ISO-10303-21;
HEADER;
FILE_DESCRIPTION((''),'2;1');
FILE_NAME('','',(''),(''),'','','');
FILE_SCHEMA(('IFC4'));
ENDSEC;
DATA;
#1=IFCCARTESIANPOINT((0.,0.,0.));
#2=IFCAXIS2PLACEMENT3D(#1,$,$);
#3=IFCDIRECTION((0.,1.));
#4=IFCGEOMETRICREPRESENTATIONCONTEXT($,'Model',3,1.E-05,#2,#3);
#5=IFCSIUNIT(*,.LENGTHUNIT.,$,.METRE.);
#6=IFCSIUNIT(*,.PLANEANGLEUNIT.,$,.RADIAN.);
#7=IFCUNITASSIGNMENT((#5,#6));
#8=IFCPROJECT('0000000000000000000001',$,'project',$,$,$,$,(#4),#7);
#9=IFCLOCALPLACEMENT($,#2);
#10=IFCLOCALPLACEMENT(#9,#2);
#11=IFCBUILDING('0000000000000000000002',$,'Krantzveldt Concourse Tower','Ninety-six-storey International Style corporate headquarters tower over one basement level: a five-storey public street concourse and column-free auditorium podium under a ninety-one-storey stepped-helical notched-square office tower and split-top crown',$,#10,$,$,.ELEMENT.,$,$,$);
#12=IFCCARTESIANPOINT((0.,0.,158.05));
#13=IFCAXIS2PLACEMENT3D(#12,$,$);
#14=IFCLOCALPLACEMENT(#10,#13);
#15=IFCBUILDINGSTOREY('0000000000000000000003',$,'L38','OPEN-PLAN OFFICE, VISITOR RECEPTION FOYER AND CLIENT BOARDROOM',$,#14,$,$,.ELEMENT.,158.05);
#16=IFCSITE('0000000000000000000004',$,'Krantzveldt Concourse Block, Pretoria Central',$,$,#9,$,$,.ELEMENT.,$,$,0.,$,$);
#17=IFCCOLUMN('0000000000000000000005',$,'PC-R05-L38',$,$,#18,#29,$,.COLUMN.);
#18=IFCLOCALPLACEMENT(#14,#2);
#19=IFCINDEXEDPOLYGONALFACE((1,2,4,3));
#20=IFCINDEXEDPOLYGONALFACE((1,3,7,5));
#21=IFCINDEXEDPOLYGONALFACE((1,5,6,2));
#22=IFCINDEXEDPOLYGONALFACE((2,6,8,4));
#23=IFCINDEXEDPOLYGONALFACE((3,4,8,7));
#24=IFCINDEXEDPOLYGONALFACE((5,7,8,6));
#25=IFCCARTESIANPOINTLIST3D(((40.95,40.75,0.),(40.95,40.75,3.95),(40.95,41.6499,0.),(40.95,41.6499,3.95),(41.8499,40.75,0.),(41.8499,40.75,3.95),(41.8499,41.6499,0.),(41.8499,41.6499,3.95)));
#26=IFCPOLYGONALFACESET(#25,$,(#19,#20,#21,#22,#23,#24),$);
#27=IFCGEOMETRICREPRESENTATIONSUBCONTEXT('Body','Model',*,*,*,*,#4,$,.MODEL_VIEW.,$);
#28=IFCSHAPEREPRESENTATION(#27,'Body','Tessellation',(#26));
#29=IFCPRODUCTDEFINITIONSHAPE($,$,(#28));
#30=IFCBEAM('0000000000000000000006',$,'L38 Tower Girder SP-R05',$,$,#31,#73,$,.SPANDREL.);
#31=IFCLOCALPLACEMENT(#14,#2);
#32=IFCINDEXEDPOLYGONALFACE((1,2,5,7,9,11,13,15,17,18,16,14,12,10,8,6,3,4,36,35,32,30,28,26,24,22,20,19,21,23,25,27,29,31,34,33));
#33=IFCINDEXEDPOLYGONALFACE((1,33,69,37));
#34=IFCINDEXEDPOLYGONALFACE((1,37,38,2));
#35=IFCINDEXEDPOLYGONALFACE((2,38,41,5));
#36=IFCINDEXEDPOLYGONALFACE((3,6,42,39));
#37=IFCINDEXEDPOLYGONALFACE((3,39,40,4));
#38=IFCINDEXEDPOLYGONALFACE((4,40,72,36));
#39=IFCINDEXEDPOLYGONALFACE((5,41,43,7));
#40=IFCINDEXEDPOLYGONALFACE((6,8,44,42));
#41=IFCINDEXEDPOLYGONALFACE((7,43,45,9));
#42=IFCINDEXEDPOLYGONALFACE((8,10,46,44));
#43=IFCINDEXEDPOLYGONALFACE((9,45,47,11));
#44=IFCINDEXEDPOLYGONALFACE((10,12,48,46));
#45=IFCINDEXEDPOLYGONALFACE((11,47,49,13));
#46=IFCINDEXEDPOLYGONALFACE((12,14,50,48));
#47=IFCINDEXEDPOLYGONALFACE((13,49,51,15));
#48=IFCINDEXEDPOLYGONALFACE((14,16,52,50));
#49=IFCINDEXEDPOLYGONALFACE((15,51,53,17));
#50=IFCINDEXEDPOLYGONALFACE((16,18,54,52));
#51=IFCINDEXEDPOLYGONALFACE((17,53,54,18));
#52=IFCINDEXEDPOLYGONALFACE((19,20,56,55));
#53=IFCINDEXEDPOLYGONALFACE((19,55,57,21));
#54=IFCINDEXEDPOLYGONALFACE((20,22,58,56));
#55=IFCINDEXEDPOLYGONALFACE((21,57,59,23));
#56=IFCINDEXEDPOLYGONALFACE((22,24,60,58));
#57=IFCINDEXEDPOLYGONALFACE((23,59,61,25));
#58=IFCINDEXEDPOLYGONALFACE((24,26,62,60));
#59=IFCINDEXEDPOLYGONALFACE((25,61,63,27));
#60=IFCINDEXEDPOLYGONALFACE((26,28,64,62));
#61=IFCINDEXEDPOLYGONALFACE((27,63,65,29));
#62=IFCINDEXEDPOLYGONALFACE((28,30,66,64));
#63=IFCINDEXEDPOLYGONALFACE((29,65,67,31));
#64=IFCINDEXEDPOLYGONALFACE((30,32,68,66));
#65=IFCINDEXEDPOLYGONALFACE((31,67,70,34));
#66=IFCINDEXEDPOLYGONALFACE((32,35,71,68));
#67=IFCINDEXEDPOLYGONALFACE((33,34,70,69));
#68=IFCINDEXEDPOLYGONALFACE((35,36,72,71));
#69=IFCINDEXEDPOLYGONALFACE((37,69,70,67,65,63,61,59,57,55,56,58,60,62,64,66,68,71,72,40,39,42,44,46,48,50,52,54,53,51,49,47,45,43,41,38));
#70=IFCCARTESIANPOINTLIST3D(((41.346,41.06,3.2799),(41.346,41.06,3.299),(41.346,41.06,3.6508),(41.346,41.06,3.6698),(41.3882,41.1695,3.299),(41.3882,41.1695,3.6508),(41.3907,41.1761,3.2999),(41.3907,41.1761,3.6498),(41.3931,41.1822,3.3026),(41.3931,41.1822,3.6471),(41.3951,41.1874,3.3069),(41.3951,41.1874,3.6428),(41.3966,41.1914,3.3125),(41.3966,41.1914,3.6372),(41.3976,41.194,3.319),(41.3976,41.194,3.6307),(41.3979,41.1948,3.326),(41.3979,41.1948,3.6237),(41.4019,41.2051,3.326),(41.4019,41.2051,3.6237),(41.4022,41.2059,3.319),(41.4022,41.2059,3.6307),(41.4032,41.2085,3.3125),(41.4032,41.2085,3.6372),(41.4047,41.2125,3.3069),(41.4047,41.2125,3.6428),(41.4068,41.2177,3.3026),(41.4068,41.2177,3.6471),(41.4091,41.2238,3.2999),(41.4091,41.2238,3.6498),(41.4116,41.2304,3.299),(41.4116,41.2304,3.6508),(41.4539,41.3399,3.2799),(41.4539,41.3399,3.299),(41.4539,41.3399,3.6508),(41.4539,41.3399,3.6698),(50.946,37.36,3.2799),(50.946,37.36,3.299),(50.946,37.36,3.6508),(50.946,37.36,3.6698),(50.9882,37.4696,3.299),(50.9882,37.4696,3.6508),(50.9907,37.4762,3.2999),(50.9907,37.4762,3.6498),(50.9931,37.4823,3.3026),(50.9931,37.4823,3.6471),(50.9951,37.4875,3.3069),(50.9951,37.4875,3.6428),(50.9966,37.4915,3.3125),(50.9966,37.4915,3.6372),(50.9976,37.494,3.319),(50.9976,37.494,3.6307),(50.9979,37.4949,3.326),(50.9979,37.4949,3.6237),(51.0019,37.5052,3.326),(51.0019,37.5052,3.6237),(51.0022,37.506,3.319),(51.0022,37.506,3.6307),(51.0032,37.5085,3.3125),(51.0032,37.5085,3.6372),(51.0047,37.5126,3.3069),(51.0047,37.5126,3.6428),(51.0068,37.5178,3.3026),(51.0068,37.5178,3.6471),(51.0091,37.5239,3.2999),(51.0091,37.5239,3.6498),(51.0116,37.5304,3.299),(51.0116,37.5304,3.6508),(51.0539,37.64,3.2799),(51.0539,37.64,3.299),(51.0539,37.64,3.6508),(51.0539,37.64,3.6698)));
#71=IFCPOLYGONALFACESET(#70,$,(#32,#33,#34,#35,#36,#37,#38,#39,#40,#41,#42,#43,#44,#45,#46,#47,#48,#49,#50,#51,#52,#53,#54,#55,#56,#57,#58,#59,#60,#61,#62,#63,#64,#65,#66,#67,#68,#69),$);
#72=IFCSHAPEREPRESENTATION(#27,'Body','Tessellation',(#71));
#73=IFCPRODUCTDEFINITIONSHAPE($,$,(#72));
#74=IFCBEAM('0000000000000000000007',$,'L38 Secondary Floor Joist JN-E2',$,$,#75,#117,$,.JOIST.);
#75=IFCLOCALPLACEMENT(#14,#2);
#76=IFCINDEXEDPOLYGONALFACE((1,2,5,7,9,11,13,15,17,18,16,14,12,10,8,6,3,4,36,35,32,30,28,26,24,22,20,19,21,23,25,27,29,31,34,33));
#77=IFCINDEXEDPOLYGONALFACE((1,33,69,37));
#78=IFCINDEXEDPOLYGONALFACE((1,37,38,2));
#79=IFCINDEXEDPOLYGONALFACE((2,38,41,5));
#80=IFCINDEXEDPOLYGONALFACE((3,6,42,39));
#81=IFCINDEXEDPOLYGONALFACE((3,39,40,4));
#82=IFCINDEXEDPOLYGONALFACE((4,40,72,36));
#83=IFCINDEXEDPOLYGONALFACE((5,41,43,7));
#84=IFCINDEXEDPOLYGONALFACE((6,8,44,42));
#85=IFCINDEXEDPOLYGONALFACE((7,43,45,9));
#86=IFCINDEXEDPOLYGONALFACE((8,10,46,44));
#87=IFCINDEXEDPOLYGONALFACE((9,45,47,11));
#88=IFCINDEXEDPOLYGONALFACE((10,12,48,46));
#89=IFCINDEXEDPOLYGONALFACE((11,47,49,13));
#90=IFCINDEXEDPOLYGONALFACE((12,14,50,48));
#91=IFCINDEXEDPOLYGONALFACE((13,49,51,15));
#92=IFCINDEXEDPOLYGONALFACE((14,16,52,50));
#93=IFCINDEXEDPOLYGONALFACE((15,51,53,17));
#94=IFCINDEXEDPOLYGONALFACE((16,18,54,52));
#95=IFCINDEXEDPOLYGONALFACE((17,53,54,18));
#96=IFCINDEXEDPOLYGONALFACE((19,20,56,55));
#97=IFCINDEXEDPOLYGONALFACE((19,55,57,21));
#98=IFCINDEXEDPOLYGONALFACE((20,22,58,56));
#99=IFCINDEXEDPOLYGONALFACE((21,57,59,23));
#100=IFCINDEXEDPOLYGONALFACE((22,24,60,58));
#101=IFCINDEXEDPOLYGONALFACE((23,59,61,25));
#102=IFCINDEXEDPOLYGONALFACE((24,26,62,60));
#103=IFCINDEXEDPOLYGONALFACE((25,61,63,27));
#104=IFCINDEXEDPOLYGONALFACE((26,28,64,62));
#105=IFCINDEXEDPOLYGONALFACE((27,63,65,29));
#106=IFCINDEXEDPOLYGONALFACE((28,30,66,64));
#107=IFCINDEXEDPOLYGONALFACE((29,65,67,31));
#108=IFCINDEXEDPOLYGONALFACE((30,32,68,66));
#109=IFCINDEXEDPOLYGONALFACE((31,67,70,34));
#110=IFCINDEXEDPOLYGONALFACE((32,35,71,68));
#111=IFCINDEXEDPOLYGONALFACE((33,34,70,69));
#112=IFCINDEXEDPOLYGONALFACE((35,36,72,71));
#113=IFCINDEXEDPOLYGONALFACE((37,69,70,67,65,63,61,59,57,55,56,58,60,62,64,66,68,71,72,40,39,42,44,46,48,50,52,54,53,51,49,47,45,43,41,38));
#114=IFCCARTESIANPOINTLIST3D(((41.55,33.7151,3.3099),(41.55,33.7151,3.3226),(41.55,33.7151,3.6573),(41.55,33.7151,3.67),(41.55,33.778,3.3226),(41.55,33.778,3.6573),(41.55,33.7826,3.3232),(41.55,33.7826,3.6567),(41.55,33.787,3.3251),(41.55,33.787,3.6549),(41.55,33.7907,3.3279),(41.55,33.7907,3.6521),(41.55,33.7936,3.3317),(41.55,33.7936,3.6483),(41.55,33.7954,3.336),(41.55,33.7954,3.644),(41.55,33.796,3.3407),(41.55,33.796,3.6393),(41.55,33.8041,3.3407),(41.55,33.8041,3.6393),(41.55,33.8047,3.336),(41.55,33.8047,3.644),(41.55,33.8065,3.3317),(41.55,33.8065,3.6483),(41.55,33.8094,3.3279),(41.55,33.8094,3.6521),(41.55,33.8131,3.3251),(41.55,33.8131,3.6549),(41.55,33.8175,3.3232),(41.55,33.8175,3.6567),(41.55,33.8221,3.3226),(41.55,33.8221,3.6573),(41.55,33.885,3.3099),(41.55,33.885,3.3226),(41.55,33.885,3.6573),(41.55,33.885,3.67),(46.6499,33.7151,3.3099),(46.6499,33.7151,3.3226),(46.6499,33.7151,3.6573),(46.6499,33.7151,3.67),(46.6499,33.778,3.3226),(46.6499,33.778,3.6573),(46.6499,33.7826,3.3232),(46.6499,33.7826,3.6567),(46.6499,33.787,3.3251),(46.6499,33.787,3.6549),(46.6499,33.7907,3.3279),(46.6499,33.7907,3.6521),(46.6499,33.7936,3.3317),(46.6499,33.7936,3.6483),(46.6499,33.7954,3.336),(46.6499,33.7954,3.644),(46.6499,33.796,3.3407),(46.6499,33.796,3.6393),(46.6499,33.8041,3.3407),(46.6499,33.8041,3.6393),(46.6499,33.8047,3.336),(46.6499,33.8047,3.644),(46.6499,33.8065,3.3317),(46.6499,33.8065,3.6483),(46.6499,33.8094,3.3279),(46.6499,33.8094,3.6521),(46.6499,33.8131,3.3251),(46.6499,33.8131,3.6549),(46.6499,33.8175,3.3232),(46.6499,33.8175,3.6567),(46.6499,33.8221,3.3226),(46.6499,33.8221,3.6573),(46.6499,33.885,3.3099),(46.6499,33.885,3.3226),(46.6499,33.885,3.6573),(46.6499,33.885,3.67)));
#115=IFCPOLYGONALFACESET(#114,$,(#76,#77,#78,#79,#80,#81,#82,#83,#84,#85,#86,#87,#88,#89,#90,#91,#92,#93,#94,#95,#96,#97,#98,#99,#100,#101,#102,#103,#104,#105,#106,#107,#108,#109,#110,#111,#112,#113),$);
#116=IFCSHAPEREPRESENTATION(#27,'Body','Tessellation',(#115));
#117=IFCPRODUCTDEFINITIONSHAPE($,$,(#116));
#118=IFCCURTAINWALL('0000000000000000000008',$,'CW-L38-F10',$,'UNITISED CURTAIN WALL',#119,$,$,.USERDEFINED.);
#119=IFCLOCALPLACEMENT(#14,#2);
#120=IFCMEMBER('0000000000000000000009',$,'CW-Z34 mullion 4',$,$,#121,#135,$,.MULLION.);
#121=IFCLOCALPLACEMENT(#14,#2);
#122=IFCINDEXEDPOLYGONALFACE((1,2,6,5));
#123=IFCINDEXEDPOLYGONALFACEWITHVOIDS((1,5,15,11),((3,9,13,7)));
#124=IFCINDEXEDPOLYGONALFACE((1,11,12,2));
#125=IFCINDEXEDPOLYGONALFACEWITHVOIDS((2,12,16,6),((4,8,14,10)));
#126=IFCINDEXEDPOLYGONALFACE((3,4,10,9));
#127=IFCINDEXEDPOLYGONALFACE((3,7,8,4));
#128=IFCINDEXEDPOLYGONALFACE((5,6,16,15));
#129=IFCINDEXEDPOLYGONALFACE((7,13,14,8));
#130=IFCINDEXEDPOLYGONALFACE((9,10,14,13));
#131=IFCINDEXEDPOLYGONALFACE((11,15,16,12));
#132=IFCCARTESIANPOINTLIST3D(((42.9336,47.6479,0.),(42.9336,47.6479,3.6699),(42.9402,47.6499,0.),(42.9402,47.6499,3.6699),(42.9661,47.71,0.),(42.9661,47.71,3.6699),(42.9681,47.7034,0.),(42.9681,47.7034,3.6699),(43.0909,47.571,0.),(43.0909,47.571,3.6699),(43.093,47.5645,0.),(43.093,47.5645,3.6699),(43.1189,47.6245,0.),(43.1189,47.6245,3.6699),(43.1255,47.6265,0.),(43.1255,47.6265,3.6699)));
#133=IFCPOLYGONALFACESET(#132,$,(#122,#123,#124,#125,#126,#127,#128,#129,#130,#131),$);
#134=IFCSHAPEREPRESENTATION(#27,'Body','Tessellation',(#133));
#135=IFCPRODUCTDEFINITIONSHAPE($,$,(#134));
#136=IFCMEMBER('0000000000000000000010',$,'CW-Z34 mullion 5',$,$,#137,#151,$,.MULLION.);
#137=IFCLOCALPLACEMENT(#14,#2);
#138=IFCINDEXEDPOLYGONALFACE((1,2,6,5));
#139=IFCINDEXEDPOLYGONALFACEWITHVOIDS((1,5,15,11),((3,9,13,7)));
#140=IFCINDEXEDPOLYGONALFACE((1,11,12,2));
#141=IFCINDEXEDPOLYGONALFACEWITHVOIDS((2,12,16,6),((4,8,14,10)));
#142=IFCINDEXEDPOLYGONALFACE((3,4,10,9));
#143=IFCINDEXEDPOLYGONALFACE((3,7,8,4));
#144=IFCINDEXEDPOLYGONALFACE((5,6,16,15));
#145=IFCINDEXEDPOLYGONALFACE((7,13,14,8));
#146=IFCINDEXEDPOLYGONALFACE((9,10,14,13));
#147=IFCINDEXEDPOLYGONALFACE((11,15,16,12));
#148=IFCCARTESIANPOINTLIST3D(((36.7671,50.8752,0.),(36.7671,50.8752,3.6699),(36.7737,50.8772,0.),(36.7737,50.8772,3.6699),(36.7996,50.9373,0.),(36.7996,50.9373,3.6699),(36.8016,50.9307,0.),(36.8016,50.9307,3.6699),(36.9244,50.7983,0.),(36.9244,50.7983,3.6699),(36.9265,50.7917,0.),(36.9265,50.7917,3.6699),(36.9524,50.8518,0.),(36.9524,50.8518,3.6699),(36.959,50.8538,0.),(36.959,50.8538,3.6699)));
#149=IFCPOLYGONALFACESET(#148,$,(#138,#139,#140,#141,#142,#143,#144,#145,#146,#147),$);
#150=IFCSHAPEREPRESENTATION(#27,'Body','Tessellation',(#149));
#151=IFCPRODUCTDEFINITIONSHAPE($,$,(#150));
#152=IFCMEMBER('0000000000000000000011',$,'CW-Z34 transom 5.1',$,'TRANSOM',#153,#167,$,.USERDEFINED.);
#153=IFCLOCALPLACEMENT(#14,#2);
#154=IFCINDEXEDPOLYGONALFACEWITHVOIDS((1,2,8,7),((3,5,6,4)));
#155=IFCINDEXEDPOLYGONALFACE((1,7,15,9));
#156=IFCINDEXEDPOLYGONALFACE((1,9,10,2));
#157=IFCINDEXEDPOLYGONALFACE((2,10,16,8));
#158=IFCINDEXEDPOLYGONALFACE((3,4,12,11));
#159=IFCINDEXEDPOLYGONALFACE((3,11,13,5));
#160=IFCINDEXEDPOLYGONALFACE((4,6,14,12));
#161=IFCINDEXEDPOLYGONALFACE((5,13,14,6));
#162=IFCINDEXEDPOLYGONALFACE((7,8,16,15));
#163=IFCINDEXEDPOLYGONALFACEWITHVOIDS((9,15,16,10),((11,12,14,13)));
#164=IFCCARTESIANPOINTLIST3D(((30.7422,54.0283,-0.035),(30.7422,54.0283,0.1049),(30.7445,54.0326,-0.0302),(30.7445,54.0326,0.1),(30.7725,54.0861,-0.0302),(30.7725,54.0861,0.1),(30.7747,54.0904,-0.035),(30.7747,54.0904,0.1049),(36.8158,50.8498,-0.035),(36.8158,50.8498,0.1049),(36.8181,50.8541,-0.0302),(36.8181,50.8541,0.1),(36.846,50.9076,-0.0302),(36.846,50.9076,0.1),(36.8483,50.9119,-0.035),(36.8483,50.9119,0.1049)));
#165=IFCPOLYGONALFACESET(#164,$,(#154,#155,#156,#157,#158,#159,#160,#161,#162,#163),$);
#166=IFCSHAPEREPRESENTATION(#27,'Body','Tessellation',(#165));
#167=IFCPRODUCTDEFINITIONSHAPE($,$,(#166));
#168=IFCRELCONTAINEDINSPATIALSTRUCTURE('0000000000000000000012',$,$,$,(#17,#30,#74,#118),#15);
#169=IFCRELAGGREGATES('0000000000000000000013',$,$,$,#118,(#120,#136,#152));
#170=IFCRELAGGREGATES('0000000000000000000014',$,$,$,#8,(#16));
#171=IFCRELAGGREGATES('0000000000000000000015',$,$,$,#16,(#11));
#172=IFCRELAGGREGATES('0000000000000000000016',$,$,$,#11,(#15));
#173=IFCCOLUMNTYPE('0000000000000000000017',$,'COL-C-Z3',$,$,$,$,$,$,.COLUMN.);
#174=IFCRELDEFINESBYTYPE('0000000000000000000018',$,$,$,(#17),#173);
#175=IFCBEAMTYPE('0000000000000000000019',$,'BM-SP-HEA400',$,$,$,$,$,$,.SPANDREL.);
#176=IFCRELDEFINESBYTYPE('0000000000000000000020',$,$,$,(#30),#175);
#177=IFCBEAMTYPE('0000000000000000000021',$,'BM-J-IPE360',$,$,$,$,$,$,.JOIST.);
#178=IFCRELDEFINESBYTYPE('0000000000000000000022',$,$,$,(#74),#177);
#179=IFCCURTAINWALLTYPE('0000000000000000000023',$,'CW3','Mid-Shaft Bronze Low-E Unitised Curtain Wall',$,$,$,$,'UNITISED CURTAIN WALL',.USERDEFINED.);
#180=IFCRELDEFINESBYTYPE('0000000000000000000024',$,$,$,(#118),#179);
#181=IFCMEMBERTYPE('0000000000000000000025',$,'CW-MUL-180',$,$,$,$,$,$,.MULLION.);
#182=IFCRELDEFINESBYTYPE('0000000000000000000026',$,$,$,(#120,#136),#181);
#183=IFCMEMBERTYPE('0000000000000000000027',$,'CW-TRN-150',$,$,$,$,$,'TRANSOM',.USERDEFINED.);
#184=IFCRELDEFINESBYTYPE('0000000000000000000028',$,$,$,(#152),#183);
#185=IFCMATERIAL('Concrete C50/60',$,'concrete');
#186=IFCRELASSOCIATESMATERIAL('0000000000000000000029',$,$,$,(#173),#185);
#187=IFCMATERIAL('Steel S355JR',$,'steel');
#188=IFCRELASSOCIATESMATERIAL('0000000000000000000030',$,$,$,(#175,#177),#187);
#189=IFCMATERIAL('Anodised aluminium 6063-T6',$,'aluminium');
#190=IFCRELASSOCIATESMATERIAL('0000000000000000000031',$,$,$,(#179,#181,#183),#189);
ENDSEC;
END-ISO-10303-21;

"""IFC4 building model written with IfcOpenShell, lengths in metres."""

from ifc_helpers import new_model, si_unit, direction, frame, origin, origin_2d, place, context, subcontext, project, spatial, rectangle, hollow_rectangle, i_section, extrude, source, transform, mapped, material, material_profile, profile_set, type_object, type_shapes, element, aggregate, save


model = new_model("IFC4")

# Units and contexts
model_context = context("Model", 3, precision=1e-05, world=origin(), true_north=direction((0.0, 1.0)))
body_context = subcontext(model_context, "Body", "Model", "MODEL_VIEW")
ifc_project = project(units=[si_unit("LENGTHUNIT", "METRE"), si_unit("PLANEANGLEUNIT", "RADIAN")], contexts=[model_context])

# Site, building, storey
site_placement = place(None, origin())
site = spatial("IfcSite", under=ifc_project, at=site_placement, Name="Krantzveldt Concourse Block, Pretoria Central", CompositionType="ELEMENT", RefElevation=0.0)
building_placement = place(site_placement, origin())
building = spatial("IfcBuilding", under=site, at=building_placement, Name="Krantzveldt Concourse Tower", Description="Ninety-six-storey International Style corporate headquarters tower over one basement level: a five-storey public street concourse and column-free auditorium podium under a ninety-one-storey stepped-helical notched-square office tower and split-top crown", CompositionType="ELEMENT")
storey_placement = place(building_placement, frame((0.0, 0.0, 158.05)))
storey = spatial("IfcBuildingStorey", under=building, at=storey_placement, Name="L38", Description="OPEN-PLAN OFFICE, VISITOR RECEPTION FOYER AND CLIENT BOARDROOM", CompositionType="ELEMENT", Elevation=158.05)

# Column
ifc_material_1 = material(Name="Concrete C50/60", Category="concrete")
ifc_material_profile_1 = material_profile(ifc_material_1, rectangle(XDim=0.8999, YDim=0.8999, at=origin_2d()), Name="Concrete C50/60", Category="concrete")
ifc_profile_set_1 = profile_set([ifc_material_profile_1], Name="Concrete C50/60 - RC 900x900")
column_type = type_object("IfcColumnType", Name="COL-C-Z3", PredefinedType="COLUMN", material=ifc_profile_set_1)
shared_shape_1 = source(origin(), body_context, "Body", "SweptSolid", [
    extrude(rectangle(XDim=0.8999, YDim=0.8999, at=origin_2d()), origin(), (0.0, 0.0, 1.0), 3.95),
])
type_shapes(column_type, [shared_shape_1])
column_placement = place(storey_placement, frame((41.3999, 41.2, 0.0), z_axis=(0.0, 0.0, 1.0), x_axis=(1.0, 0.0, 0.0)))
element("IfcColumn", 1, at=column_placement, inside=storey, type_object=column_type, Name="PC-R05-L38", PredefinedType="COLUMN", context=body_context, shape_type="MappedRepresentation", body=[
    mapped(shared_shape_1, transform((0.0, 0.0, 0.0), x_axis=(1.0, 0.0, 0.0), y_axis=(0.0, 1.0, 0.0), z_axis=(0.0, 0.0, 1.0), scale=1.0)),
])

# Beams
ifc_material_2 = material(Name="Steel S355JR", Category="steel")
ifc_material_profile_2 = material_profile(ifc_material_2, i_section(OverallWidth=0.3, OverallDepth=0.3899, WebThickness=0.011, FlangeThickness=0.019, FilletRadius=0.0271, at=origin_2d()), Name="Steel S355JR", Category="steel")
ifc_profile_set_2 = profile_set([ifc_material_profile_2], Name="Steel S355JR - HEA 400")
beam_type_1 = type_object("IfcBeamType", Name="BM-SP-HEA400", PredefinedType="SPANDREL", material=ifc_profile_set_2)
shared_shape_2 = source(origin(), body_context, "Body", "SweptSolid", [
    extrude(i_section(OverallWidth=0.3, OverallDepth=0.3899, WebThickness=0.011, FlangeThickness=0.019, FilletRadius=0.0271, at=origin_2d()), origin(), (0.0, 0.0, 1.0), 10.2883),
])
type_shapes(beam_type_1, [shared_shape_2])
beam_1_placement = place(storey_placement, frame((41.3999, 41.2, 3.4749), z_axis=(0.933098, -0.359623, 0.0), x_axis=(0.359623, 0.933098, 0.0)))
element("IfcBeam", 2, at=beam_1_placement, inside=storey, type_object=beam_type_1, Name="L38 Tower Girder SP-R05", PredefinedType="SPANDREL", context=body_context, shape_type="MappedRepresentation", body=[
    mapped(shared_shape_2, transform((0.0, 0.0, 0.0), x_axis=(1.0, 0.0, 0.0), y_axis=(0.0, 1.0, 0.0), z_axis=(0.0, 0.0, 1.0), scale=1.0)),
])
ifc_material_profile_3 = material_profile(ifc_material_2, i_section(OverallWidth=0.1699, OverallDepth=0.3601, WebThickness=0.0081, FlangeThickness=0.0127, FilletRadius=0.0181, at=origin_2d()), Name="Steel S355JR", Category="steel")
ifc_profile_set_3 = profile_set([ifc_material_profile_3], Name="Steel S355JR - IPE 360")
beam_type_2 = type_object("IfcBeamType", Name="BM-J-IPE360", PredefinedType="JOIST", material=ifc_profile_set_3)
shared_shape_3 = source(origin(), body_context, "Body", "SweptSolid", [
    extrude(i_section(OverallWidth=0.1699, OverallDepth=0.3601, WebThickness=0.0081, FlangeThickness=0.0127, FilletRadius=0.0181, at=origin_2d()), origin(), (0.0, 0.0, 1.0), 5.0999),
])
type_shapes(beam_type_2, [shared_shape_3])
beam_2_placement = place(storey_placement, frame((41.55, 33.8, 3.49), z_axis=(1.0, 0.0, 0.0), x_axis=(0.0, 1.0, 0.0)))
element("IfcBeam", 3, at=beam_2_placement, inside=storey, type_object=beam_type_2, Name="L38 Secondary Floor Joist JN-E2", PredefinedType="JOIST", context=body_context, shape_type="MappedRepresentation", body=[
    mapped(shared_shape_3, transform((0.0, 0.0, 0.0), x_axis=(1.0, 0.0, 0.0), y_axis=(0.0, 1.0, 0.0), z_axis=(0.0, 0.0, 1.0), scale=1.0)),
])

# Curtain wall, members
ifc_material_3 = material(Name="Anodised aluminium 6063-T6", Category="aluminium")
curtain_wall_type = type_object("IfcCurtainWallType", Name="CW3", Description="Mid-Shaft Bronze Low-E Unitised Curtain Wall", ElementType="UNITISED CURTAIN WALL", PredefinedType="USERDEFINED", material=ifc_material_3)
curtain_wall_placement = place(storey_placement, origin())
curtain_wall = element("IfcCurtainWall", 4, at=curtain_wall_placement, inside=storey, type_object=curtain_wall_type, Name="CW-L38-F10", ObjectType="UNITISED CURTAIN WALL", PredefinedType="USERDEFINED")
ifc_material_profile_4 = material_profile(ifc_material_3, hollow_rectangle(XDim=0.0701, YDim=0.1799, WallThickness=0.0049, at=origin_2d()), Name="Anodised aluminium 6063-T6", Category="aluminium")
ifc_profile_set_4 = profile_set([ifc_material_profile_4], Name="Anodised aluminium 6063-T6 - ALU-MULL 180x70x5")
member_type_1 = type_object("IfcMemberType", Name="CW-MUL-180", PredefinedType="MULLION", material=ifc_profile_set_4)
shared_shape_4 = source(origin(), body_context, "Body", "SweptSolid", [
    extrude(hollow_rectangle(XDim=0.0701, YDim=0.1799, WallThickness=0.0049, at=origin_2d()), origin(), (0.0, 0.0, 1.0), 3.6699),
])
type_shapes(member_type_1, [shared_shape_4])
member_1_placement = place(storey_placement, frame((43.0295, 47.6372, 0.0), z_axis=(0.0, 0.0, 1.0), x_axis=(-0.463683, -0.886001, 0.0)))
member_1 = element("IfcMember", 5, at=member_1_placement, type_object=member_type_1, Name="CW-Z34 mullion 4", PredefinedType="MULLION", context=body_context, shape_type="MappedRepresentation", body=[
    mapped(shared_shape_4, transform((0.0, 0.0, 0.0), x_axis=(1.0, 0.0, 0.0), y_axis=(0.0, 1.0, 0.0), z_axis=(0.0, 0.0, 1.0), scale=1.0)),
])
member_2_placement = place(storey_placement, frame((36.863, 50.8645, 0.0), z_axis=(0.0, 0.0, 1.0), x_axis=(-0.463683, -0.886001, 0.0)))
member_2 = element("IfcMember", 6, at=member_2_placement, type_object=member_type_1, Name="CW-Z34 mullion 5", PredefinedType="MULLION", context=body_context, shape_type="MappedRepresentation", body=[
    mapped(shared_shape_4, transform((0.0, 0.0, 0.0), x_axis=(1.0, 0.0, 0.0), y_axis=(0.0, 1.0, 0.0), z_axis=(0.0, 0.0, 1.0), scale=1.0)),
])
ifc_material_profile_5 = material_profile(ifc_material_3, hollow_rectangle(XDim=0.0701, YDim=0.1399, WallThickness=0.0049, at=origin_2d()), Name="Anodised aluminium 6063-T6", Category="aluminium")
ifc_profile_set_5 = profile_set([ifc_material_profile_5], Name="Anodised aluminium 6063-T6 - ALU-TRAN 140x70x5")
member_type_2 = type_object("IfcMemberType", Name="CW-TRN-150", ElementType="TRANSOM", PredefinedType="USERDEFINED", material=ifc_profile_set_5)
shared_shape_5 = source(origin(), body_context, "Body", "SweptSolid", [
    extrude(hollow_rectangle(XDim=0.0701, YDim=0.1399, WallThickness=0.0049, at=origin_2d()), origin(), (0.0, 0.0, 1.0), 6.855),
])
member_3_placement = place(storey_placement, frame((36.832, 50.8809, 0.0349), z_axis=(-0.886004, 0.463677, 0.0), x_axis=(-0.463677, -0.886004, 0.0)))
member_3 = element("IfcMember", 7, at=member_3_placement, type_object=member_type_2, Name="CW-Z34 transom 5.1", ObjectType="TRANSOM", PredefinedType="USERDEFINED", context=body_context, shape_type="MappedRepresentation", body=[
    mapped(shared_shape_5, transform((0.0, 0.0, 0.0), x_axis=(1.0, 0.0, 0.0), y_axis=(0.0, 1.0, 0.0), z_axis=(0.0, 0.0, 1.0), scale=1.0)),
])
aggregate(curtain_wall, [member_1, member_2, member_3])

save(model, "model.ifc")
